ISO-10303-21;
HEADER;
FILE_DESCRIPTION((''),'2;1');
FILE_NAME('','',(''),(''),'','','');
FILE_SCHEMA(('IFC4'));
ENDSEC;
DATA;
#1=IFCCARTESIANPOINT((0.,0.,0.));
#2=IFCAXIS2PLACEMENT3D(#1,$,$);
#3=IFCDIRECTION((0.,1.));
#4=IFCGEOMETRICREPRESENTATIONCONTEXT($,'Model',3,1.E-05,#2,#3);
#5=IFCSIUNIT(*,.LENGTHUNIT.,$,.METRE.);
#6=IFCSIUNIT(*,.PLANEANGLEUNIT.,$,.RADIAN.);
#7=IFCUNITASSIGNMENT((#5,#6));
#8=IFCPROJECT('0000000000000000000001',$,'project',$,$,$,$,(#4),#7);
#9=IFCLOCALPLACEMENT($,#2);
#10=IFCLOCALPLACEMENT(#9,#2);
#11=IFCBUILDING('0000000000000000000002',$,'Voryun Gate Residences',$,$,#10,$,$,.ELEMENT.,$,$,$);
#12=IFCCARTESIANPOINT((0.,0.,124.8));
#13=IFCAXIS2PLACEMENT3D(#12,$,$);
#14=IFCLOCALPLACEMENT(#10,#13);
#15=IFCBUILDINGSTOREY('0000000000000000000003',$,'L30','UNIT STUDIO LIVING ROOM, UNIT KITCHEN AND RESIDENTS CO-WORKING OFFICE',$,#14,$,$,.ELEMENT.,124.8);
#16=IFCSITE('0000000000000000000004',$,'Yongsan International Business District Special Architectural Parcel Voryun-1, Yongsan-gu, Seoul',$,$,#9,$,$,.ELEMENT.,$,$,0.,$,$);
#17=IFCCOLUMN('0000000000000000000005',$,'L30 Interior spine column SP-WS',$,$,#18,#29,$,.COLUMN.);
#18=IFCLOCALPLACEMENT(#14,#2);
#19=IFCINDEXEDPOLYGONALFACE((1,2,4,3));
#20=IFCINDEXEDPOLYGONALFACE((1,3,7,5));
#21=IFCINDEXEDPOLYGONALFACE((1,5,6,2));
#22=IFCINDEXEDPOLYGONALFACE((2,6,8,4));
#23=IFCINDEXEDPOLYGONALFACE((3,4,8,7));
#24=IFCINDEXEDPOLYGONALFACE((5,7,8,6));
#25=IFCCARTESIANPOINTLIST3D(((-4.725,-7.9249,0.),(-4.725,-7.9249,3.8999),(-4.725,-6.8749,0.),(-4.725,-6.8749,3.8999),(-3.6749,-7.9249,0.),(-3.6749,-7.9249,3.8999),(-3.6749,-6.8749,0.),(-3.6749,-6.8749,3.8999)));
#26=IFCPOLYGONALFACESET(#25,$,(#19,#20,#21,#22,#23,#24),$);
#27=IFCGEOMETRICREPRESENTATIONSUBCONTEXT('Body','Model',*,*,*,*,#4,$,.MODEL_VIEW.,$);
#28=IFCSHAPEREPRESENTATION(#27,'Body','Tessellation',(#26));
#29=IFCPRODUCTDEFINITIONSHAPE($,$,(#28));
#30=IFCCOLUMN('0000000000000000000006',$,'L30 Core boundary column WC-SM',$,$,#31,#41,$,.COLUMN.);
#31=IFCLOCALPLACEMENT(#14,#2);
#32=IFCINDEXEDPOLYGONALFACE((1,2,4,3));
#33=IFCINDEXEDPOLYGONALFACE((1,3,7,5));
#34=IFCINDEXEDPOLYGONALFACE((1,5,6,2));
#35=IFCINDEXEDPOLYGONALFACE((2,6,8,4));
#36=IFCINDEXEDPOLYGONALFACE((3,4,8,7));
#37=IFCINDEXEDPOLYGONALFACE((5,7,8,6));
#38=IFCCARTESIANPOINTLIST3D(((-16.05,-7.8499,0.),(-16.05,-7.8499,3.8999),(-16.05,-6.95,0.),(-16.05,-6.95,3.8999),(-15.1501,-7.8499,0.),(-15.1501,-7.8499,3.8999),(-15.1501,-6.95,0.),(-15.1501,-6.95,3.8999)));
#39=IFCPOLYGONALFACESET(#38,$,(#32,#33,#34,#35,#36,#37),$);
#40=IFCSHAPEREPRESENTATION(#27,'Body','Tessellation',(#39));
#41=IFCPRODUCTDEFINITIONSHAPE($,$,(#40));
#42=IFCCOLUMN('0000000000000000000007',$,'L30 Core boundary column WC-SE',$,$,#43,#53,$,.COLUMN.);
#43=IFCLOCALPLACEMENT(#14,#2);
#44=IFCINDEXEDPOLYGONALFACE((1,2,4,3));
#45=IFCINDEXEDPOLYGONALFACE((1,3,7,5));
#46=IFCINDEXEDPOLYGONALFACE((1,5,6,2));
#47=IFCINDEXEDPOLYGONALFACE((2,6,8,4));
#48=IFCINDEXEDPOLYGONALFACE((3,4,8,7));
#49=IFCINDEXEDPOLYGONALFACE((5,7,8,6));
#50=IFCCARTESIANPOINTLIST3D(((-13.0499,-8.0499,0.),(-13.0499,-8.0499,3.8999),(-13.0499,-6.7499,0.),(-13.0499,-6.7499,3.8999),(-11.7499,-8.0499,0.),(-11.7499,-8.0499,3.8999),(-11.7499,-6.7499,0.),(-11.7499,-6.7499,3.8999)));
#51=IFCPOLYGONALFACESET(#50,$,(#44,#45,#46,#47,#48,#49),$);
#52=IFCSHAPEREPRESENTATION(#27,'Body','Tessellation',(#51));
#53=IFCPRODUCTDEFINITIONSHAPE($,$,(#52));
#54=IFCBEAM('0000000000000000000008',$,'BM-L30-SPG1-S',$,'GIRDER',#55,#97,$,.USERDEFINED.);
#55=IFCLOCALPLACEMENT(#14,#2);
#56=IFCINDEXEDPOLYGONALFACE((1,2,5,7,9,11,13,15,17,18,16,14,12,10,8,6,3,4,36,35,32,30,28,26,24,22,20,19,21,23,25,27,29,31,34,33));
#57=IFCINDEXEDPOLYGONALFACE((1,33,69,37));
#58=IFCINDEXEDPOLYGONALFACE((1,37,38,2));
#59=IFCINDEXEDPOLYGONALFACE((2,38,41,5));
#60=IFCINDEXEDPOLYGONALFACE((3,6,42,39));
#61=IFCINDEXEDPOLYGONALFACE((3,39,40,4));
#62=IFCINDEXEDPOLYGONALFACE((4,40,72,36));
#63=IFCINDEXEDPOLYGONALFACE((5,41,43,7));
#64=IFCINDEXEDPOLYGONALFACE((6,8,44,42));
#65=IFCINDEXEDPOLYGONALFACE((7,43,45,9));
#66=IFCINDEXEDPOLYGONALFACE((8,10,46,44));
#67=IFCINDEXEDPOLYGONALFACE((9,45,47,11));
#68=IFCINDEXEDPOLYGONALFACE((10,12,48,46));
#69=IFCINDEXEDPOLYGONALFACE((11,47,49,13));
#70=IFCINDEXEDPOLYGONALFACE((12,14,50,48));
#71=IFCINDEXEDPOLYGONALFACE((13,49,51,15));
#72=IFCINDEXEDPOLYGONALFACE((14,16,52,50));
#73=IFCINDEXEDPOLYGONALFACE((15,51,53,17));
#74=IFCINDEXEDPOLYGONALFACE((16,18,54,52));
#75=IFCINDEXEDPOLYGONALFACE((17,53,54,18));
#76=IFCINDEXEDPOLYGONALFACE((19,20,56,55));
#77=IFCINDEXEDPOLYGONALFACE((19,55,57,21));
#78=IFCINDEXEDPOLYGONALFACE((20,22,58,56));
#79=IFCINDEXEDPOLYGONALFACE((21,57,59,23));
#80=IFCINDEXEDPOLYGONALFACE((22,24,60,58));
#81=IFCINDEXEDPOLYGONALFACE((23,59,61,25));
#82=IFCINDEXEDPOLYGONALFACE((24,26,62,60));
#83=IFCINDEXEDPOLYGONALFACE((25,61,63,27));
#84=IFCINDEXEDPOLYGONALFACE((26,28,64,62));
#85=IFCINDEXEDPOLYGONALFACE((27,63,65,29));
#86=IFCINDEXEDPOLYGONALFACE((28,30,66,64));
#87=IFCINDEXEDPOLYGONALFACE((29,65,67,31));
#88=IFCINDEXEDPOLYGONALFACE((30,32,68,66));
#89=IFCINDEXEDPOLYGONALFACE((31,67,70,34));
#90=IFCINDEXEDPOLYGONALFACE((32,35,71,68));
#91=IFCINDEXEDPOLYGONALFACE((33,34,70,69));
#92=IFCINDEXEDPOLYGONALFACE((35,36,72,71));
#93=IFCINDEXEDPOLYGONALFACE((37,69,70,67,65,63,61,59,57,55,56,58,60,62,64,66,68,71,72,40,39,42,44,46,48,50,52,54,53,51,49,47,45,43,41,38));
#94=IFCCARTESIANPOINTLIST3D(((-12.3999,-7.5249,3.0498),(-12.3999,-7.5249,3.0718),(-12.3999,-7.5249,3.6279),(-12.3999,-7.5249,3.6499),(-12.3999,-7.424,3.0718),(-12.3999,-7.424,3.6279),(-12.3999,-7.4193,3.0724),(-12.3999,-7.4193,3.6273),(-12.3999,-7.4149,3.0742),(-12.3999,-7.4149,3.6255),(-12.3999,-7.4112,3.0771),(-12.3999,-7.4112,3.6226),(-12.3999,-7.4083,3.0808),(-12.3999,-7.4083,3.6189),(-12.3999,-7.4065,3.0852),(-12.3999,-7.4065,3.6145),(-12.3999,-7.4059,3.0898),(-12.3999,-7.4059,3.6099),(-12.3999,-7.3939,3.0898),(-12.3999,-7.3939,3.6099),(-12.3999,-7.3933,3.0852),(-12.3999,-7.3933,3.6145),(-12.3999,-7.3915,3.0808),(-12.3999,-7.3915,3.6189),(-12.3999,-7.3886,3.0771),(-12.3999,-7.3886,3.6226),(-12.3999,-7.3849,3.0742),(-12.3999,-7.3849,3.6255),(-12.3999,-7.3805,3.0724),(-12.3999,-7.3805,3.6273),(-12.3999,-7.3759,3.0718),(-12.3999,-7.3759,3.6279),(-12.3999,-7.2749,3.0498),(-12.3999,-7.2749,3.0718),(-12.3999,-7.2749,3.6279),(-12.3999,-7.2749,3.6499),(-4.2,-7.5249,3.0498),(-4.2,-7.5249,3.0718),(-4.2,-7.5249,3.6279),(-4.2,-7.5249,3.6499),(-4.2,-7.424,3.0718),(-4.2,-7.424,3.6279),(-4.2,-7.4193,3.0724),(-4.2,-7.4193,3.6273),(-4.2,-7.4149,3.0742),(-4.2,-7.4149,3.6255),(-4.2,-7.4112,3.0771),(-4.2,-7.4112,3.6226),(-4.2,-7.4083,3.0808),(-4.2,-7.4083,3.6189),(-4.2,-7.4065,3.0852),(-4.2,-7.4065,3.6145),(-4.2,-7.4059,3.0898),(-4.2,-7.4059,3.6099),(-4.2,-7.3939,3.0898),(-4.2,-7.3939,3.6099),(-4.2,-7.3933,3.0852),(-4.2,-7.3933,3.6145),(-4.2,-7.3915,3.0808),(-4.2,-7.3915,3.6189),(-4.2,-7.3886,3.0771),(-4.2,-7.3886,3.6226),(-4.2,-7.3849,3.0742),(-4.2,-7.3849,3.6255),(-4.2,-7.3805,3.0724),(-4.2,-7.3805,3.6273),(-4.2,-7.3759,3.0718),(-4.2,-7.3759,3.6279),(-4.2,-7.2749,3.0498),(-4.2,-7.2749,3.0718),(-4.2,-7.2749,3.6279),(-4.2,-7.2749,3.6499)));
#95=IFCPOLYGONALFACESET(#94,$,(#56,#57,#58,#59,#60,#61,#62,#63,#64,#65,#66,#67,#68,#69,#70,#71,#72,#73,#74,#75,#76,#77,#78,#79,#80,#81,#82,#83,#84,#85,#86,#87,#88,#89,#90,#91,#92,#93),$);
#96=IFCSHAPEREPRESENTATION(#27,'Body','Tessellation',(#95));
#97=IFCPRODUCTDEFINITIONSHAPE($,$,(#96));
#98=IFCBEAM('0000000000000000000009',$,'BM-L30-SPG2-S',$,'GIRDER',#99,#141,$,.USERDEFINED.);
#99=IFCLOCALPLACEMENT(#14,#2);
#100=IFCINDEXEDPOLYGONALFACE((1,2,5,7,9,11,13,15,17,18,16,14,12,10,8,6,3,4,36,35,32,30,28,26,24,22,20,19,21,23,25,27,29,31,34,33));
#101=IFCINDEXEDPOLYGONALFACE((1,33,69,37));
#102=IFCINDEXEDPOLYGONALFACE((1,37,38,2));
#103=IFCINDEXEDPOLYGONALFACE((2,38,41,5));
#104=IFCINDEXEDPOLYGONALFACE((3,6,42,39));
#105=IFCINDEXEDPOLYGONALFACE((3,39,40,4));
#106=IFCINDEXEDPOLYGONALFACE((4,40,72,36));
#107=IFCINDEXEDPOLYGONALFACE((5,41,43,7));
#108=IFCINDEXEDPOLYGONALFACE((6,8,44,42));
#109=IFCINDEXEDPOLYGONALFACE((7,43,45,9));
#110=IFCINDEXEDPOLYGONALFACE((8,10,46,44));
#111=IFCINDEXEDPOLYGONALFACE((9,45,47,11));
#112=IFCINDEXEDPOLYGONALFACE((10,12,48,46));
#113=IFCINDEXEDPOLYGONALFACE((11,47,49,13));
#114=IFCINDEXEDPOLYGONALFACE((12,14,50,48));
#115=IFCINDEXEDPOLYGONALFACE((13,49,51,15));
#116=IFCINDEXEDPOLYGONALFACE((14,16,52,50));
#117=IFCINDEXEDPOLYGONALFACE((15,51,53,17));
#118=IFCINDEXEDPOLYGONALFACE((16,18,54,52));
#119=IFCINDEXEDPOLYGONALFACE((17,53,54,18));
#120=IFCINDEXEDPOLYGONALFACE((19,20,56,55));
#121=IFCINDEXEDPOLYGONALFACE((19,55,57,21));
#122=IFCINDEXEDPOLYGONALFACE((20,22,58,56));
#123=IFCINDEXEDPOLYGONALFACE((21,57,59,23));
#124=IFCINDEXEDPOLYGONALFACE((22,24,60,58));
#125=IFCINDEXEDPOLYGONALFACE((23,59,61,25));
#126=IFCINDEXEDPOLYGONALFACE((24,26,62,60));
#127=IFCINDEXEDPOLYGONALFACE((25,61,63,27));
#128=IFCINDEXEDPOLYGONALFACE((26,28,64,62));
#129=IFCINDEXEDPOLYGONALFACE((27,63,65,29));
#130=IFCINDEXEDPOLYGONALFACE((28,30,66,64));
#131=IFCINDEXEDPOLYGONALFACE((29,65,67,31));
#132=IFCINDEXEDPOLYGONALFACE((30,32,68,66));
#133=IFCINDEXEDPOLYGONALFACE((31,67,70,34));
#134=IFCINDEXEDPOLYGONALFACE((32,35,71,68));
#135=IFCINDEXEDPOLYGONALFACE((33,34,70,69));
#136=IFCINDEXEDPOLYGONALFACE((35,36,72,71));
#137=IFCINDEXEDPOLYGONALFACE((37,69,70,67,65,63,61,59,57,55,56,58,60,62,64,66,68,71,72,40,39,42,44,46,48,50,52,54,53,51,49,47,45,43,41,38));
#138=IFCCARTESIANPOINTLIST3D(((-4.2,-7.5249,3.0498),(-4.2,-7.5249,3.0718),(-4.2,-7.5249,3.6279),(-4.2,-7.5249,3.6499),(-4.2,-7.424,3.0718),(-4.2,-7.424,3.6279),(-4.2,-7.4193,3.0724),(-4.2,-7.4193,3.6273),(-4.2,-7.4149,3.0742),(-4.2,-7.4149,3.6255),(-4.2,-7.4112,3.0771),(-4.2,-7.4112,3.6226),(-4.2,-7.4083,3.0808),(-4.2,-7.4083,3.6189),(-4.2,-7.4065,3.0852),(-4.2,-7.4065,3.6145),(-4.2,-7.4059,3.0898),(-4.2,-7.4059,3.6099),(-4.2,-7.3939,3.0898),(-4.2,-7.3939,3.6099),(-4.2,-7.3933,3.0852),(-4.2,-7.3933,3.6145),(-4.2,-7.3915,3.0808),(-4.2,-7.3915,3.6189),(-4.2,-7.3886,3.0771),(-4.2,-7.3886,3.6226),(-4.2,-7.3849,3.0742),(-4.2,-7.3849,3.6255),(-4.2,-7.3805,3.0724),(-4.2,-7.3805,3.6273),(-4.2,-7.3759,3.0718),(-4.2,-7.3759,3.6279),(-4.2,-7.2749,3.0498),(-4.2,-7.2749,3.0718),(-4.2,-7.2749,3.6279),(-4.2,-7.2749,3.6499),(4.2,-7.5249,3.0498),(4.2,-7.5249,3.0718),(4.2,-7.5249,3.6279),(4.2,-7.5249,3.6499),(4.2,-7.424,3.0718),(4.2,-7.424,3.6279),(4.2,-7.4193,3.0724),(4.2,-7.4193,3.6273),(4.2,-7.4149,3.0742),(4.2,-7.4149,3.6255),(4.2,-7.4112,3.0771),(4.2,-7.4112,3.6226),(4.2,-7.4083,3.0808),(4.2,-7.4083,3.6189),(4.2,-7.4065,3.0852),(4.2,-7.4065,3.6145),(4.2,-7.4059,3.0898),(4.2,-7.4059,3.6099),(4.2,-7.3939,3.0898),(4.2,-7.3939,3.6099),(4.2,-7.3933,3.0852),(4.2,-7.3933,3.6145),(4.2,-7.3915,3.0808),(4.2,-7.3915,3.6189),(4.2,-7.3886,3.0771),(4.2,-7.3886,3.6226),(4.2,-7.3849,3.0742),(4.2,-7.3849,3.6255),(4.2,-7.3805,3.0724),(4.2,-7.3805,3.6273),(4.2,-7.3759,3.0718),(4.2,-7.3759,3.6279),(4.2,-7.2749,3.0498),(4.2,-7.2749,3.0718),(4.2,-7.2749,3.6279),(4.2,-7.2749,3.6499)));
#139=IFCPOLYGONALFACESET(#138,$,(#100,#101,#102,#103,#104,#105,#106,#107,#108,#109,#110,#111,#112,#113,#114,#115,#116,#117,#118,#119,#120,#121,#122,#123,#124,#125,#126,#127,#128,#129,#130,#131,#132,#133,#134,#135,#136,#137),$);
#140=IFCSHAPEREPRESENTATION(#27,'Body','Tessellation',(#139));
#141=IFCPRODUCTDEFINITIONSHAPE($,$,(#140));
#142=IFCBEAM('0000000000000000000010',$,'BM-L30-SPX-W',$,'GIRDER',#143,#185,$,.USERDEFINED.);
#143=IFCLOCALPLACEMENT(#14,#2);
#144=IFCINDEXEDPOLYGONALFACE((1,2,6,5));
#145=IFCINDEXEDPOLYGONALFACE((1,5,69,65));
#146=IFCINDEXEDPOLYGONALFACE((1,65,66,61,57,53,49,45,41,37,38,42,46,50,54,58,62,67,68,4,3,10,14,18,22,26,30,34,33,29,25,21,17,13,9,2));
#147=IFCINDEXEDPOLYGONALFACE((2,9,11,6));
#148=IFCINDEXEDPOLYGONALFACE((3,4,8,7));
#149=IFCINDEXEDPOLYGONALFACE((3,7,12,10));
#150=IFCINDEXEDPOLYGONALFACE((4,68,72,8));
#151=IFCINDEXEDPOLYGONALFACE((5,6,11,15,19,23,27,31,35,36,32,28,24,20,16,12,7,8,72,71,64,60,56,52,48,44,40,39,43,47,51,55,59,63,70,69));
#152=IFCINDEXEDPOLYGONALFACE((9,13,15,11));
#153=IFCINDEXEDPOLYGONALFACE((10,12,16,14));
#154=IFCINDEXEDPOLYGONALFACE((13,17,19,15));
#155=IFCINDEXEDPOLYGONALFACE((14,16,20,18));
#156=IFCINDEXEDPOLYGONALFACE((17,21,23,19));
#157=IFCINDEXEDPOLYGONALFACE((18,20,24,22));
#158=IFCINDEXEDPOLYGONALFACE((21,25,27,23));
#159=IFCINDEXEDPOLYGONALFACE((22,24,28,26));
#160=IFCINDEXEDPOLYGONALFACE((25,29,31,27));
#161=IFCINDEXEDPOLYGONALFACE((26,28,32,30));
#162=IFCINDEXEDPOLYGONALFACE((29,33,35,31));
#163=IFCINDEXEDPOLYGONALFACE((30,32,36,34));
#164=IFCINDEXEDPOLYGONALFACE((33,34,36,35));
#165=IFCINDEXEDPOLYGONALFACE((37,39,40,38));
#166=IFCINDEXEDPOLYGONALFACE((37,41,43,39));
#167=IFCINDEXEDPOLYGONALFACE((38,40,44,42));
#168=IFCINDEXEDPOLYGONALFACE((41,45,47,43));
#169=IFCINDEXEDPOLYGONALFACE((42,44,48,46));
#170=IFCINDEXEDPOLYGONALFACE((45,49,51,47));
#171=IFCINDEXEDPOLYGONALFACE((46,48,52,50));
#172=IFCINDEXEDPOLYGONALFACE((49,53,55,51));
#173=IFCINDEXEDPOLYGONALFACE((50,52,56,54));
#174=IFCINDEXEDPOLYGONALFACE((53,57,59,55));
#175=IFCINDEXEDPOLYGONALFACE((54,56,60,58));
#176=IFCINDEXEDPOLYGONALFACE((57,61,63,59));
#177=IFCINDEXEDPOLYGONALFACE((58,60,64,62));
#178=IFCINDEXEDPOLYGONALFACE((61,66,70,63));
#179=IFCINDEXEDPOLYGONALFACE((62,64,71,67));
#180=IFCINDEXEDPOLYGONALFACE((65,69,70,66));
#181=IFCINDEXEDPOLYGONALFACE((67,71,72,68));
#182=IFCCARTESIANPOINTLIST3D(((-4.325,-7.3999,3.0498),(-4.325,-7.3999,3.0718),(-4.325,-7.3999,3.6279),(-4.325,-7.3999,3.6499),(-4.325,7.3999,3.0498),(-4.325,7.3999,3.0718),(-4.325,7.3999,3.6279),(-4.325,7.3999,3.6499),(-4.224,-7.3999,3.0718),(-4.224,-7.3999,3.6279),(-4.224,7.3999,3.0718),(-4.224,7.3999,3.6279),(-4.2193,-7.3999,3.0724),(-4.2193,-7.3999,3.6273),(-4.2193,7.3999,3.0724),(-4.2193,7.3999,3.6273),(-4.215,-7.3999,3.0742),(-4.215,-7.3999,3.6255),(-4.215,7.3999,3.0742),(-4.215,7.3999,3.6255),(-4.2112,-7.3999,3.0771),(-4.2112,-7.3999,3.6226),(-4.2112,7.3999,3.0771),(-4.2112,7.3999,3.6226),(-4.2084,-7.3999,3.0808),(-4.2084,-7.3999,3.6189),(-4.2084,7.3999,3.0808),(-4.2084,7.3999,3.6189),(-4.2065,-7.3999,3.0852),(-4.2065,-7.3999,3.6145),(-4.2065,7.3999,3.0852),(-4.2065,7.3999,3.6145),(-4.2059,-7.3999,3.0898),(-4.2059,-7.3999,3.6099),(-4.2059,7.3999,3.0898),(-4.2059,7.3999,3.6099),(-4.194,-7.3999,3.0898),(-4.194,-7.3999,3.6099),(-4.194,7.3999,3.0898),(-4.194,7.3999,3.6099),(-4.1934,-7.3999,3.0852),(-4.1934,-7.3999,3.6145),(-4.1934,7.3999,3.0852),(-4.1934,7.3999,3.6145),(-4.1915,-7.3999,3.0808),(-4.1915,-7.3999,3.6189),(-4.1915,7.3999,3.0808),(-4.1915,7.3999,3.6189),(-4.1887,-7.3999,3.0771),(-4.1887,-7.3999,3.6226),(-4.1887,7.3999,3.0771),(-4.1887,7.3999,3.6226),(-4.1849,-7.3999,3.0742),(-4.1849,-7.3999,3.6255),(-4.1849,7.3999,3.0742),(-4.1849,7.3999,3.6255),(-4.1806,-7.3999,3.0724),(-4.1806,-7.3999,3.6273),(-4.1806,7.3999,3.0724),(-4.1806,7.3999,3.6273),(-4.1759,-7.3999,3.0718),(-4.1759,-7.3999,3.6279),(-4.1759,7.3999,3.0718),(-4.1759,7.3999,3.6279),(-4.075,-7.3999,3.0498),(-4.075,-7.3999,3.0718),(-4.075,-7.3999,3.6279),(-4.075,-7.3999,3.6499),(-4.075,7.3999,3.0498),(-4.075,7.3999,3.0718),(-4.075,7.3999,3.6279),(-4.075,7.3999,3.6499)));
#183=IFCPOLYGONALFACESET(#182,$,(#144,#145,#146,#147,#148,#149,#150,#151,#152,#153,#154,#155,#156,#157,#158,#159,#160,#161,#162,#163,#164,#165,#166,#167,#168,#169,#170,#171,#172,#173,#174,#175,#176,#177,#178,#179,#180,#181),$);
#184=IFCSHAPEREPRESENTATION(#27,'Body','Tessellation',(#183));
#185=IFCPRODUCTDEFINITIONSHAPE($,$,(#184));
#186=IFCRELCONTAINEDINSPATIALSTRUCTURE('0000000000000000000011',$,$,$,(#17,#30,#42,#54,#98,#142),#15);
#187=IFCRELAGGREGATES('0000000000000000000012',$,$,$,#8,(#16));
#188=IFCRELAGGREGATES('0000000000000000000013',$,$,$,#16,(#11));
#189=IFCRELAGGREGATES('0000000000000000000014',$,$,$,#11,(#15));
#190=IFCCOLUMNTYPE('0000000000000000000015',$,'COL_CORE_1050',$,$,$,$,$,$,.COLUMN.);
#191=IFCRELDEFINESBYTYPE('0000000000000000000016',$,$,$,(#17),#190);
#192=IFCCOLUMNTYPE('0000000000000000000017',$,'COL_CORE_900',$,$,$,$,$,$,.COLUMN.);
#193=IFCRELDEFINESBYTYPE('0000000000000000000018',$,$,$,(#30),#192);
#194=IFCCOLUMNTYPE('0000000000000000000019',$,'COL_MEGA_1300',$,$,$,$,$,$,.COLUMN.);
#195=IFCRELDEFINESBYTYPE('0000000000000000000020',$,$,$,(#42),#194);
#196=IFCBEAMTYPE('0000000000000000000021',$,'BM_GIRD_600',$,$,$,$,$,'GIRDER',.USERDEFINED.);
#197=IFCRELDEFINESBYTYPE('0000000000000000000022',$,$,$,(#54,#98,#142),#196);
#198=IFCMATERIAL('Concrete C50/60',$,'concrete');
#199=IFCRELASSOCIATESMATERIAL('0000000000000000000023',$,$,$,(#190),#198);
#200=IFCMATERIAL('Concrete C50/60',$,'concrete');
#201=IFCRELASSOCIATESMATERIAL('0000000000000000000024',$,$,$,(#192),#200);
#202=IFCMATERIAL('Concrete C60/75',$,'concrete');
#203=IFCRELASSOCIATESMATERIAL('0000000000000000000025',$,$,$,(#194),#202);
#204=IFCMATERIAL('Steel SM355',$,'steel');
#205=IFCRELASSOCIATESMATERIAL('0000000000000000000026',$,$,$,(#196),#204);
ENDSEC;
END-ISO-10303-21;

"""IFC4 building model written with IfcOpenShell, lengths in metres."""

from ifc_helpers import new_model, si_unit, direction, frame, origin, origin_2d, place, context, subcontext, project, spatial, rectangle, i_section, extrude, material, material_profile, profile_set, type_object, element, save


model = new_model("IFC4")

# Units and contexts
model_context = context("Model", 3, precision=1e-05, world=origin(), true_north=direction((0.0, 1.0)))
body_context = subcontext(model_context, "Body", "Model", "MODEL_VIEW")
ifc_project = project(units=[si_unit("LENGTHUNIT", "METRE"), si_unit("PLANEANGLEUNIT", "RADIAN")], contexts=[model_context])

# Site, building, storey
site_placement = place(None, origin())
site = spatial("IfcSite", under=ifc_project, at=site_placement, Name="Yongsan International Business District Special Architectural Parcel Voryun-1, Yongsan-gu, Seoul", CompositionType="ELEMENT", RefElevation=0.0)
building_placement = place(site_placement, origin())
building = spatial("IfcBuilding", under=site, at=building_placement, Name="Voryun Gate Residences", CompositionType="ELEMENT")
storey_placement = place(building_placement, frame((0.0, 0.0, 124.8)))
storey = spatial("IfcBuildingStorey", under=building, at=storey_placement, Name="L30", Description="UNIT STUDIO LIVING ROOM, UNIT KITCHEN AND RESIDENTS CO-WORKING OFFICE", CompositionType="ELEMENT", Elevation=124.8)

# Columns
ifc_material_1 = material(Name="Concrete C50/60", Category="concrete")
ifc_material_profile_1 = material_profile(ifc_material_1, rectangle(XDim=1.05, YDim=1.05, at=origin_2d()), Name="RC-1050x1050")
ifc_profile_set_1 = profile_set([ifc_material_profile_1], Name="Concrete C50/60")
column_type_1 = type_object("IfcColumnType", Name="COL_CORE_1050", PredefinedType="COLUMN", material=ifc_profile_set_1)
column_1_placement = place(storey_placement, frame((-4.2, -7.3999, 0.0), z_axis=(0.0, 0.0, 1.0), x_axis=(1.0, 0.0, 0.0)))
element("IfcColumn", 1, at=column_1_placement, inside=storey, type_object=column_type_1, Name="L30 Interior spine column SP-WS", PredefinedType="COLUMN", context=body_context, shape_type="SweptSolid", body=[
    extrude(rectangle(XDim=1.05, YDim=1.05, at=origin_2d()), origin(), (0.0, 0.0, 1.0), 3.8999),
])
ifc_material_2 = material(Name="Concrete C50/60", Category="concrete")
ifc_material_profile_2 = material_profile(ifc_material_2, rectangle(XDim=0.8999, YDim=0.8999, at=origin_2d()), Name="RC-900x900")
ifc_profile_set_2 = profile_set([ifc_material_profile_2], Name="Concrete C50/60")
column_type_2 = type_object("IfcColumnType", Name="COL_CORE_900", PredefinedType="COLUMN", material=ifc_profile_set_2)
column_2_placement = place(storey_placement, frame((-15.6001, -7.3999, 0.0), z_axis=(0.0, 0.0, 1.0), x_axis=(1.0, 0.0, 0.0)))
element("IfcColumn", 2, at=column_2_placement, inside=storey, type_object=column_type_2, Name="L30 Core boundary column WC-SM", PredefinedType="COLUMN", context=body_context, shape_type="SweptSolid", body=[
    extrude(rectangle(XDim=0.8999, YDim=0.8999, at=origin_2d()), origin(), (0.0, 0.0, 1.0), 3.8999),
])
ifc_material_3 = material(Name="Concrete C60/75", Category="concrete")
ifc_material_profile_3 = material_profile(ifc_material_3, rectangle(XDim=1.3, YDim=1.3, at=origin_2d()), Name="RC-1300x1300")
ifc_profile_set_3 = profile_set([ifc_material_profile_3], Name="Concrete C60/75")
column_type_3 = type_object("IfcColumnType", Name="COL_MEGA_1300", PredefinedType="COLUMN", material=ifc_profile_set_3)
column_3_placement = place(storey_placement, frame((-12.3999, -7.3999, 0.0), z_axis=(0.0, 0.0, 1.0), x_axis=(1.0, 0.0, 0.0)))
element("IfcColumn", 3, at=column_3_placement, inside=storey, type_object=column_type_3, Name="L30 Core boundary column WC-SE", PredefinedType="COLUMN", context=body_context, shape_type="SweptSolid", body=[
    extrude(rectangle(XDim=1.3, YDim=1.3, at=origin_2d()), origin(), (0.0, 0.0, 1.0), 3.8999),
])

# Beams
ifc_material_4 = material(Name="Steel SM355", Category="steel")
ifc_material_profile_4 = material_profile(ifc_material_4, i_section(OverallWidth=0.25, OverallDepth=0.6001, WebThickness=0.012, FlangeThickness=0.022, FilletRadius=0.0181, at=origin_2d()), Name="H-600x250x12x22")
ifc_profile_set_4 = profile_set([ifc_material_profile_4], Name="Steel SM355")
beam_type_1 = type_object("IfcBeamType", Name="BM_GIRD_600", ElementType="GIRDER", PredefinedType="USERDEFINED", material=ifc_profile_set_4)
beam_1_placement = place(storey_placement, frame((-12.3999, -7.3999, 3.3499), z_axis=(1.0, 0.0, 0.0), x_axis=(0.0, 1.0, 0.0)))
element("IfcBeam", 4, at=beam_1_placement, inside=storey, type_object=beam_type_1, Name="BM-L30-SPG1-S", ObjectType="GIRDER", PredefinedType="USERDEFINED", context=body_context, shape_type="SweptSolid", body=[
    extrude(i_section(OverallWidth=0.25, OverallDepth=0.6001, WebThickness=0.012, FlangeThickness=0.022, FilletRadius=0.0181, at=origin_2d()), origin(), (0.0, 0.0, 1.0), 8.2),
])
beam_2_placement = place(storey_placement, frame((-4.2, -7.3999, 3.3499), z_axis=(1.0, 0.0, 0.0), x_axis=(0.0, 1.0, 0.0)))
element("IfcBeam", 5, at=beam_2_placement, inside=storey, type_object=beam_type_1, Name="BM-L30-SPG2-S", ObjectType="GIRDER", PredefinedType="USERDEFINED", context=body_context, shape_type="SweptSolid", body=[
    extrude(i_section(OverallWidth=0.25, OverallDepth=0.6001, WebThickness=0.012, FlangeThickness=0.022, FilletRadius=0.0181, at=origin_2d()), origin(), (0.0, 0.0, 1.0), 8.3999),
])
beam_3_placement = place(storey_placement, frame((-4.2, -7.3999, 3.3499), z_axis=(0.0, 1.0, 0.0), x_axis=(-1.0, 0.0, 0.0)))
element("IfcBeam", 6, at=beam_3_placement, inside=storey, type_object=beam_type_1, Name="BM-L30-SPX-W", ObjectType="GIRDER", PredefinedType="USERDEFINED", context=body_context, shape_type="SweptSolid", body=[
    extrude(i_section(OverallWidth=0.25, OverallDepth=0.6001, WebThickness=0.012, FlangeThickness=0.022, FilletRadius=0.0181, at=origin_2d()), origin(), (0.0, 0.0, 1.0), 14.7998),
])

save(model, "model.ifc")
